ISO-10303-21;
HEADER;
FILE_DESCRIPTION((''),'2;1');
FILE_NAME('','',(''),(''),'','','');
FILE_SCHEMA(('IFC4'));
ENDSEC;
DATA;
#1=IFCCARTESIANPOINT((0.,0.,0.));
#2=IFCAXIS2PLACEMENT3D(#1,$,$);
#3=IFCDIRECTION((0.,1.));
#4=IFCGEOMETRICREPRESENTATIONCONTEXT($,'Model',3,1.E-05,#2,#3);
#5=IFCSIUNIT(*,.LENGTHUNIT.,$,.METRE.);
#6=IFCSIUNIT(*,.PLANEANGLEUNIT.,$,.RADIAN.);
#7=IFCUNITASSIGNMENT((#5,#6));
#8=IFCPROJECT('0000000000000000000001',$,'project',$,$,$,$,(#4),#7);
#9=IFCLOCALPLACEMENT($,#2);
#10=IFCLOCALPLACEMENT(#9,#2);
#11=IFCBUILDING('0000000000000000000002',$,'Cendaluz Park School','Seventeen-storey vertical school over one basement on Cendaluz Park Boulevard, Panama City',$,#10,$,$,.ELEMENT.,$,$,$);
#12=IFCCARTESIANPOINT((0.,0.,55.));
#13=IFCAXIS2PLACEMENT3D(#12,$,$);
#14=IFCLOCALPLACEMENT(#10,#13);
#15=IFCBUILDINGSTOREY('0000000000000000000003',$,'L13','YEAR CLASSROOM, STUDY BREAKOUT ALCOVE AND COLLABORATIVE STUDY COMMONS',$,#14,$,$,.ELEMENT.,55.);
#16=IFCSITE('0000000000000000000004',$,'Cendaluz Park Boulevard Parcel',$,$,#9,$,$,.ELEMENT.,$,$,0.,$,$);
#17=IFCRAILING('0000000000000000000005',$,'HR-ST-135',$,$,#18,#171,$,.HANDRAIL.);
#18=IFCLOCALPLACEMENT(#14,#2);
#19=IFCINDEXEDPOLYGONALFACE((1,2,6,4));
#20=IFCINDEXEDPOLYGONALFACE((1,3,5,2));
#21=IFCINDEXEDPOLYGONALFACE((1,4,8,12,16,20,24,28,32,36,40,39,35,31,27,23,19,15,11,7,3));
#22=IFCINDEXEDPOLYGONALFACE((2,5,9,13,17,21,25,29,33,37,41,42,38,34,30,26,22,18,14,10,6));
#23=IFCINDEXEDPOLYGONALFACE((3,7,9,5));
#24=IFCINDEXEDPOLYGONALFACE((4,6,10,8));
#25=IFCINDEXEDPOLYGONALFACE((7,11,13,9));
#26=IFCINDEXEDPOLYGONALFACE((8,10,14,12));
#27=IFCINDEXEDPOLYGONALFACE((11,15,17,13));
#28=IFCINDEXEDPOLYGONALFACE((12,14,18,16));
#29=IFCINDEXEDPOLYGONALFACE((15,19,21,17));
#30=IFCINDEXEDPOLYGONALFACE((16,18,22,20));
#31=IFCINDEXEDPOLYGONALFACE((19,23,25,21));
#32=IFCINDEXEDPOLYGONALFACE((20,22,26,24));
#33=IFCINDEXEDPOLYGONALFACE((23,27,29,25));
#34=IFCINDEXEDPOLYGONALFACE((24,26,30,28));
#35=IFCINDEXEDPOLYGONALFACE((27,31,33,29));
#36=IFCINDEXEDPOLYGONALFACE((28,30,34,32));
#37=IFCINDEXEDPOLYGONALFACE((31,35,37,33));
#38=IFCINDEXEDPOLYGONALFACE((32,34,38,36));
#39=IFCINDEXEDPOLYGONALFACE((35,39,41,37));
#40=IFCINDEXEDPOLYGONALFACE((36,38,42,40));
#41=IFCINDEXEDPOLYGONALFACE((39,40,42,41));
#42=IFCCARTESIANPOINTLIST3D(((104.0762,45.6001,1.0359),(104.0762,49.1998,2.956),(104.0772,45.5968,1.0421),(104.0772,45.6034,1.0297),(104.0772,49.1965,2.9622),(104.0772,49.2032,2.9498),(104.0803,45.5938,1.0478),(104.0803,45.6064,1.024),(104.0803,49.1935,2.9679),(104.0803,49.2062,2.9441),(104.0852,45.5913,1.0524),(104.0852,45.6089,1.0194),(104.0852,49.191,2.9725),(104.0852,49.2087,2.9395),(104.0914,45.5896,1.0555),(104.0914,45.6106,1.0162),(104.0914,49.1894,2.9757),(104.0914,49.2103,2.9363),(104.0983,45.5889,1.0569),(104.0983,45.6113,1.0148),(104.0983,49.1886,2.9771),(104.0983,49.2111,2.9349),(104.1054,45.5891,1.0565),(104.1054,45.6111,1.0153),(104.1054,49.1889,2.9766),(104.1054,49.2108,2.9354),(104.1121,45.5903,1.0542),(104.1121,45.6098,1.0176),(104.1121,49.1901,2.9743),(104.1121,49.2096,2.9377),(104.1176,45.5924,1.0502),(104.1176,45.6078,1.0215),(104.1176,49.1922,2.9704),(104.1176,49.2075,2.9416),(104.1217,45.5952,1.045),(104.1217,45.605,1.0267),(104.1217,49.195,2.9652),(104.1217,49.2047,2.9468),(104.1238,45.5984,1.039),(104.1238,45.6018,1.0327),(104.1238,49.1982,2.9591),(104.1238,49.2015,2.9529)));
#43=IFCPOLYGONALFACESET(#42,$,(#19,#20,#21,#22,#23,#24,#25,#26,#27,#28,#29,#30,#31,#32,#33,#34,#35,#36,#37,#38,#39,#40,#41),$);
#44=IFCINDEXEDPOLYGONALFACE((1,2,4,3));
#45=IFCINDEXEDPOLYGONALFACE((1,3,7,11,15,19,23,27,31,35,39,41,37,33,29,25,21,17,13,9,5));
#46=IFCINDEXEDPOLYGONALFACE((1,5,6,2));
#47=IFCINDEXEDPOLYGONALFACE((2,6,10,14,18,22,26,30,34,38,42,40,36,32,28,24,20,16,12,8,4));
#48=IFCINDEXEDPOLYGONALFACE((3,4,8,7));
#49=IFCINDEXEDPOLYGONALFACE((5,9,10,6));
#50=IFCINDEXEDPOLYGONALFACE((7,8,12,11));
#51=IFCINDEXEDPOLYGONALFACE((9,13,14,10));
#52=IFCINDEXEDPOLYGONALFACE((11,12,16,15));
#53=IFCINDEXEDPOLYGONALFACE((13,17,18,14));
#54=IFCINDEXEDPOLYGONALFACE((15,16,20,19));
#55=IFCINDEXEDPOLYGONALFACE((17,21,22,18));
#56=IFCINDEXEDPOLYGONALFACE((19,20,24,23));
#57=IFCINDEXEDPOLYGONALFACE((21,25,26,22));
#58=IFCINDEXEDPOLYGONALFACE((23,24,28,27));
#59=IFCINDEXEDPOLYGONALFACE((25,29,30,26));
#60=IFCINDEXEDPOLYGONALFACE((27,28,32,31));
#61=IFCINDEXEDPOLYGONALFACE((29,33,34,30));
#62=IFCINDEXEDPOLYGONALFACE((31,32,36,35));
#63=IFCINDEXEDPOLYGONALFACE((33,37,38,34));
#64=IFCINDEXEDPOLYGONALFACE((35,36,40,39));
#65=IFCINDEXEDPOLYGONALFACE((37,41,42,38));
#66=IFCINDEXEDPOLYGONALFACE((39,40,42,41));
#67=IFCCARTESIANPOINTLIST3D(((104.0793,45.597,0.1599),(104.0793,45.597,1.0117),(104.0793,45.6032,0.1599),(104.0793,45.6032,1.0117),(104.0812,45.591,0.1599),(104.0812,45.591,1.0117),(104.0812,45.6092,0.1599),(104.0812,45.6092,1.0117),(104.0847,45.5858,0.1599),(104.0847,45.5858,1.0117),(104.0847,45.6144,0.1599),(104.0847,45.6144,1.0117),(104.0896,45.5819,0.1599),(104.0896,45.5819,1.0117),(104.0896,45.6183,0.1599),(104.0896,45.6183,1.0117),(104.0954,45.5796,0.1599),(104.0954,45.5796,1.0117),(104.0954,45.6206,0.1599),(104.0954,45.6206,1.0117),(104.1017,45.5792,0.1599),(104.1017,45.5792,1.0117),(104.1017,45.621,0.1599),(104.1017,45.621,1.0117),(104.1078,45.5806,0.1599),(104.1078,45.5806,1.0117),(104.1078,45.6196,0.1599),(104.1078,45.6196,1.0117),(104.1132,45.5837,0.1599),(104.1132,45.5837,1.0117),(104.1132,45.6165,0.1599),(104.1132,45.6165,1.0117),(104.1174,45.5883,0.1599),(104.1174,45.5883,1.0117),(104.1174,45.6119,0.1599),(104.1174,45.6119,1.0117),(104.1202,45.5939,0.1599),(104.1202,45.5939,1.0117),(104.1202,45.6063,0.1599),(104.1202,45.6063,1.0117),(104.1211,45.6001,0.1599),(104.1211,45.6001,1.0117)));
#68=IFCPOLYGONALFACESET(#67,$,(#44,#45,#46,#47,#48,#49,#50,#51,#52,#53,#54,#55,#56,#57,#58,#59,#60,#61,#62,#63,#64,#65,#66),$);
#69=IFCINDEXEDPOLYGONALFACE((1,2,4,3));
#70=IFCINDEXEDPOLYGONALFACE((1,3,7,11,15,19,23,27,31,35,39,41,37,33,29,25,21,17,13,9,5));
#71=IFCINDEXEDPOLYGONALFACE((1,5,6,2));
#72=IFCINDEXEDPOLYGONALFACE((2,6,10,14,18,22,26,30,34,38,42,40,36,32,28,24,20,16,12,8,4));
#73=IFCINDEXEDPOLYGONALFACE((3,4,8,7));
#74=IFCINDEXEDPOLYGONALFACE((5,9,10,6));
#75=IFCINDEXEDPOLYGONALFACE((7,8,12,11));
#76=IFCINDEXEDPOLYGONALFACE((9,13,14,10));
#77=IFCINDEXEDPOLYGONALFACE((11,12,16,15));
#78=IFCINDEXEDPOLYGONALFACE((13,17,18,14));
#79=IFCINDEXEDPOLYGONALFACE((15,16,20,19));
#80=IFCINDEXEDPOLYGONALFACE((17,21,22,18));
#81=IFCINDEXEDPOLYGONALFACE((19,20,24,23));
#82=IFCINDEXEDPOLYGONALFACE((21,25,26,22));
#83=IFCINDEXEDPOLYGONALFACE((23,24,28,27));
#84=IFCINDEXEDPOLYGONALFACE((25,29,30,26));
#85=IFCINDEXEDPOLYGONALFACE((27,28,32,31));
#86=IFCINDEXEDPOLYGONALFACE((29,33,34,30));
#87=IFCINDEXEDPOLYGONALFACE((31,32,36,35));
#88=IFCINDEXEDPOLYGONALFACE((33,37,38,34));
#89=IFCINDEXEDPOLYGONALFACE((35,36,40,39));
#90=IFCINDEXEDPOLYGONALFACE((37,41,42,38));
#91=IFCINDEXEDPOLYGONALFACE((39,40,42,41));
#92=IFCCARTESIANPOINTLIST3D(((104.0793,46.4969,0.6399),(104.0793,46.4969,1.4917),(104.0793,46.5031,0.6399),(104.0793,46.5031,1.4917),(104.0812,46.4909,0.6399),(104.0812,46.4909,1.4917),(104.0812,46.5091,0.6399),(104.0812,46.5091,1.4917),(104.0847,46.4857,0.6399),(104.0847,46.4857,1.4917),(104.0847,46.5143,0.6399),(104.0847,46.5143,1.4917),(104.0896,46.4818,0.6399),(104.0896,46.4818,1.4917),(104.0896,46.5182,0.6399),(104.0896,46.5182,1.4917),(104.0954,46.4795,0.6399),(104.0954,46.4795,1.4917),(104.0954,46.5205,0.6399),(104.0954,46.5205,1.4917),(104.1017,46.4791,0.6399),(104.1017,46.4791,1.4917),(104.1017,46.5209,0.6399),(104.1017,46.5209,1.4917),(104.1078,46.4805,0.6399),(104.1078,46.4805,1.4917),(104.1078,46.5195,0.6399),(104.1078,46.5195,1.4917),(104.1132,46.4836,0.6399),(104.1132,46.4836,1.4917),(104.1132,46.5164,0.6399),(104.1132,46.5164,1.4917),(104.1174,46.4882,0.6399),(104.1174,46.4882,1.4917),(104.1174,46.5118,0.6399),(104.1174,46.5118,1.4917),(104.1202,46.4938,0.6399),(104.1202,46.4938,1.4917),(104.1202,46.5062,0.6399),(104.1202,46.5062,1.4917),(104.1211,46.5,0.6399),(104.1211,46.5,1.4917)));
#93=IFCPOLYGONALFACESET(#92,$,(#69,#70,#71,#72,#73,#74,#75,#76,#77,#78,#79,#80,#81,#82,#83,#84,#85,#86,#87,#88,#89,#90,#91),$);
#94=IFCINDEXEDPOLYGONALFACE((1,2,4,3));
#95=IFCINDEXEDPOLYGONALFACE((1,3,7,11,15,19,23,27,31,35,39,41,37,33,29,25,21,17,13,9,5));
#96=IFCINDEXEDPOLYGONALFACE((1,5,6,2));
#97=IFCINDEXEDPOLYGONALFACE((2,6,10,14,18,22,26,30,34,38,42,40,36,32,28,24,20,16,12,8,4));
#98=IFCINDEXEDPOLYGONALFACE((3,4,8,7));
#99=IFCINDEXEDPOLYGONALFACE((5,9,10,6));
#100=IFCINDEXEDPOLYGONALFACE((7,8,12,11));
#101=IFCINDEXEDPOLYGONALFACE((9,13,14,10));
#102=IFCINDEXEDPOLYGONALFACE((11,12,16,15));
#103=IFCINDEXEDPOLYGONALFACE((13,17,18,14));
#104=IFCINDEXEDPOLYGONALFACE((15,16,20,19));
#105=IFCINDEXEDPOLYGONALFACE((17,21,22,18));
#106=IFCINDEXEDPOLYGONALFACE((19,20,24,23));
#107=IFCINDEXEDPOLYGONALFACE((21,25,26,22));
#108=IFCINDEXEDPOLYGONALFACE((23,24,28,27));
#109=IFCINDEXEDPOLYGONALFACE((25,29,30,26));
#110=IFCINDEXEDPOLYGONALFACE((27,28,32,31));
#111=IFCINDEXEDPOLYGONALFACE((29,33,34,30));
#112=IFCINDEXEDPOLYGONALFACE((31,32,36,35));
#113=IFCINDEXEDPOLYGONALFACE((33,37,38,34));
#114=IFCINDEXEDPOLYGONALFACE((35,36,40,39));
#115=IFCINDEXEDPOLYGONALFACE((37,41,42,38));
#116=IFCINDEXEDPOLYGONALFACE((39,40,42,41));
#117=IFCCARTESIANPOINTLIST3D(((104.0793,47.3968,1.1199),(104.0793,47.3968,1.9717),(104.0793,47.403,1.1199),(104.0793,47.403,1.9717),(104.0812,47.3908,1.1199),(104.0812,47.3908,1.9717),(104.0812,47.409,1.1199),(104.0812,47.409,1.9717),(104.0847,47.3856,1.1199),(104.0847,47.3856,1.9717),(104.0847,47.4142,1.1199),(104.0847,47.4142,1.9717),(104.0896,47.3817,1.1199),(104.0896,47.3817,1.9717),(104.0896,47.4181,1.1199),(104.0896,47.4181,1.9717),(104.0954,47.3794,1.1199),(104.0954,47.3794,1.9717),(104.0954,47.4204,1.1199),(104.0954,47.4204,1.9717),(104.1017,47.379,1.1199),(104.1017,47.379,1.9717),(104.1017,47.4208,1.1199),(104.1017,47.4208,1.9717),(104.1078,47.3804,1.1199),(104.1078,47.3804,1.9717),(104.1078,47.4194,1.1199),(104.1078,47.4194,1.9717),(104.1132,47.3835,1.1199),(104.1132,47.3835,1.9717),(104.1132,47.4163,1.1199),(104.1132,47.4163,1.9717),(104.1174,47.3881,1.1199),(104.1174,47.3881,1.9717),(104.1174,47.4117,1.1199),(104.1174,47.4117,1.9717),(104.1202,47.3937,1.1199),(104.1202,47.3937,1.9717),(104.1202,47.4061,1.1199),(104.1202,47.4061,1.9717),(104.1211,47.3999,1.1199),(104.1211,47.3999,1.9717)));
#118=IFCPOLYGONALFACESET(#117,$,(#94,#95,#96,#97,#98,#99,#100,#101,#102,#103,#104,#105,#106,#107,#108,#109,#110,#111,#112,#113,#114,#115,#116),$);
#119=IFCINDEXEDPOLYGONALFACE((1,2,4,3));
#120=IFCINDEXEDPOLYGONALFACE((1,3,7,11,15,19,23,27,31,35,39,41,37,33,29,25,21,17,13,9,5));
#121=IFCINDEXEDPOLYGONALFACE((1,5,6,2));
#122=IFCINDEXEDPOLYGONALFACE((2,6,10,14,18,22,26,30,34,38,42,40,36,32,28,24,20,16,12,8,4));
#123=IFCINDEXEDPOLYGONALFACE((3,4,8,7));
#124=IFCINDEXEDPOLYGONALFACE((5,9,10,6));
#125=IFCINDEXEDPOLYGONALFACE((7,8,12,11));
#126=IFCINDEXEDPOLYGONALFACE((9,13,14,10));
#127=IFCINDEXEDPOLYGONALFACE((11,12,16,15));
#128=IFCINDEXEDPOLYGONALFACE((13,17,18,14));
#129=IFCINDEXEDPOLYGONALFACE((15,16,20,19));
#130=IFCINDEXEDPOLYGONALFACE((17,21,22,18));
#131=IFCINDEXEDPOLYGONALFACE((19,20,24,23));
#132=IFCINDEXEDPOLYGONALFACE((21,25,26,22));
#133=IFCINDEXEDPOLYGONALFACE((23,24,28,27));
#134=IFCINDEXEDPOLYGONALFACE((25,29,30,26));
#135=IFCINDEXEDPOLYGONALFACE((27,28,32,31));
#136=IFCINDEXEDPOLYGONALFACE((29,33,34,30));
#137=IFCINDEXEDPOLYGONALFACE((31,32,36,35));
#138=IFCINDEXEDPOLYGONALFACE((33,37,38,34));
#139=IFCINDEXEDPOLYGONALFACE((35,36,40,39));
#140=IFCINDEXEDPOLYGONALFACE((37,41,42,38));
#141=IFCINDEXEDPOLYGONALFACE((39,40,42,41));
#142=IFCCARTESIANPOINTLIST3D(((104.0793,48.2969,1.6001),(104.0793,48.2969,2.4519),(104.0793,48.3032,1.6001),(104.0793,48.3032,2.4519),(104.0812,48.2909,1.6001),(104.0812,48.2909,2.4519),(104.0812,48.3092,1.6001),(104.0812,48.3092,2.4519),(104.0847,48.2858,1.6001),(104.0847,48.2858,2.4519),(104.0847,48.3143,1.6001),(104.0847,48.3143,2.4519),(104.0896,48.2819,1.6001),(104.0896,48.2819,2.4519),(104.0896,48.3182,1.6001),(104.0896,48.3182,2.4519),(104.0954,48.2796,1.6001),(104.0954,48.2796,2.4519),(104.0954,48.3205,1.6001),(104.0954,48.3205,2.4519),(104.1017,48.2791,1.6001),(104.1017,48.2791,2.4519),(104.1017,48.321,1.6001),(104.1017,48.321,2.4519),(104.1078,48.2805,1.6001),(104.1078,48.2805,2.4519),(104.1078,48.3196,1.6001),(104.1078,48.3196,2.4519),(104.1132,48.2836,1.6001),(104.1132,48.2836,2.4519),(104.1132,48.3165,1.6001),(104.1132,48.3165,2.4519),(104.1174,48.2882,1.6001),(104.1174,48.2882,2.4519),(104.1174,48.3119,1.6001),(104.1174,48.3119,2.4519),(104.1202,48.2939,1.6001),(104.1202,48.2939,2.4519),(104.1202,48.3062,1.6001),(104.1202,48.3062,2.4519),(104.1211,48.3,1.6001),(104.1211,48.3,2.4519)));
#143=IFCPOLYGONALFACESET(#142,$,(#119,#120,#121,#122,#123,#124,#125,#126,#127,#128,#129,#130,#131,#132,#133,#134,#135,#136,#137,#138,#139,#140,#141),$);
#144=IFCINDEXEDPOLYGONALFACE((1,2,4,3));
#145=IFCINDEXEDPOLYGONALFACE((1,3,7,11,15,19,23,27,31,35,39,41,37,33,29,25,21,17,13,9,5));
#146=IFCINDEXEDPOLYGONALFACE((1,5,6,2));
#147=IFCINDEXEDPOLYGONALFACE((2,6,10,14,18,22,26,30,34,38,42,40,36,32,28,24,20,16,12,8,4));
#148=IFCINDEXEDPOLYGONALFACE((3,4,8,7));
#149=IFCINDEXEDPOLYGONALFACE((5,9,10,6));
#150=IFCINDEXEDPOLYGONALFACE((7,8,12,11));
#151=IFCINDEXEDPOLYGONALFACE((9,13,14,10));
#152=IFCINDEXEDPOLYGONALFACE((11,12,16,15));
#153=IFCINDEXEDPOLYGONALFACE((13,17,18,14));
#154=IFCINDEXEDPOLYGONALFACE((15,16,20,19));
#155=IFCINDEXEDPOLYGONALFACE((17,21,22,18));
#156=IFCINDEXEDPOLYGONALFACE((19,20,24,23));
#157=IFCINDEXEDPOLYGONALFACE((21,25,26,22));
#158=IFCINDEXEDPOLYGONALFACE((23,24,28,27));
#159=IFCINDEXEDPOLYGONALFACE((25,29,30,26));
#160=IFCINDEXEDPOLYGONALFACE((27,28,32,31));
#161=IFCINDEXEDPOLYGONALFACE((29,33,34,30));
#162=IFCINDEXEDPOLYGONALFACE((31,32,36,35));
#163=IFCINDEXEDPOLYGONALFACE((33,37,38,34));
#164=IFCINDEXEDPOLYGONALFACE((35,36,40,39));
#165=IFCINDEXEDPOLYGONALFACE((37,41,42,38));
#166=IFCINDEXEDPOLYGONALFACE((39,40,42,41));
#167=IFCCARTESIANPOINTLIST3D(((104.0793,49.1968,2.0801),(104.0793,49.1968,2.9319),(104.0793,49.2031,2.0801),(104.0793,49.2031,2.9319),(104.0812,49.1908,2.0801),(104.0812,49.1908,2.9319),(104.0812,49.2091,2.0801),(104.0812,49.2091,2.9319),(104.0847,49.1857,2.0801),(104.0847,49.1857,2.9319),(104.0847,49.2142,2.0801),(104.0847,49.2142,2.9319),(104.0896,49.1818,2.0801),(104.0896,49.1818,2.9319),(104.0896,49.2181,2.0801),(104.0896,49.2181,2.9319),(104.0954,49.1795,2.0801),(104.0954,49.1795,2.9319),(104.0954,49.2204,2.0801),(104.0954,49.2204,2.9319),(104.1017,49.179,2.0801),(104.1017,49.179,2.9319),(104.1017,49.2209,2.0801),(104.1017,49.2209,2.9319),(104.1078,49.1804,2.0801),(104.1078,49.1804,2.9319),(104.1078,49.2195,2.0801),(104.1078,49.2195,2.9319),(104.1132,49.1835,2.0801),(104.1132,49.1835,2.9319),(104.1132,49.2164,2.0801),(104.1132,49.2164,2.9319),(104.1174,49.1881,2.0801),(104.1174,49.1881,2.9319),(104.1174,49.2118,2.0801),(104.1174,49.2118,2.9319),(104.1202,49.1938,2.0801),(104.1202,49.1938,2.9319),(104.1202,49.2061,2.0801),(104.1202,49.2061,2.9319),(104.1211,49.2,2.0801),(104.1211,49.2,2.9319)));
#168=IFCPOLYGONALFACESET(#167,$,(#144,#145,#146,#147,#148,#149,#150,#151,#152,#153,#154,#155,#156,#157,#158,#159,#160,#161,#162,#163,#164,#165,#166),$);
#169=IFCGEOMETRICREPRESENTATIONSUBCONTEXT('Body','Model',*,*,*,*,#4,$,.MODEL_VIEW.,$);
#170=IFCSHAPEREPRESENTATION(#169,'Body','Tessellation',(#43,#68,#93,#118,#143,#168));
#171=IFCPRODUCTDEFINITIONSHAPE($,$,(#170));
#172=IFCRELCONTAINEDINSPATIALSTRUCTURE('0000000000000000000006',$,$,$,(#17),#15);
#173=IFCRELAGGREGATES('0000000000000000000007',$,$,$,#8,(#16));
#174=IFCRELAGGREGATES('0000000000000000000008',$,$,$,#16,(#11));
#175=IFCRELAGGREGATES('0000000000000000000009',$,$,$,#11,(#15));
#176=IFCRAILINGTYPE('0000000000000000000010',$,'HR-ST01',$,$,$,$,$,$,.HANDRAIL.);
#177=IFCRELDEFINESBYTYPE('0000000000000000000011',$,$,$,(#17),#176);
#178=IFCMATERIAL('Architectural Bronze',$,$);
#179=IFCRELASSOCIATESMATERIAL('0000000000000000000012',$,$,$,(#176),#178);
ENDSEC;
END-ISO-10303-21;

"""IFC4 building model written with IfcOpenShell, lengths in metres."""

from ifc_helpers import new_model, si_unit, direction, frame, origin, origin_2d, place, context, subcontext, project, spatial, circle, extrude, material, type_object, element, save


model = new_model("IFC4")

# Units and contexts
model_context = context("Model", 3, precision=1e-05, world=origin(), true_north=direction((0.0, 1.0)))
body_context = subcontext(model_context, "Body", "Model", "MODEL_VIEW")
ifc_project = project(units=[si_unit("LENGTHUNIT", "METRE"), si_unit("PLANEANGLEUNIT", "RADIAN")], contexts=[model_context])

# Site, building, storey
site_placement = place(None, origin())
site = spatial("IfcSite", under=ifc_project, at=site_placement, Name="Cendaluz Park Boulevard Parcel", CompositionType="ELEMENT", RefElevation=0.0)
building_placement = place(site_placement, origin())
building = spatial("IfcBuilding", under=site, at=building_placement, Name="Cendaluz Park School", Description="Seventeen-storey vertical school over one basement on Cendaluz Park Boulevard, Panama City", CompositionType="ELEMENT")
storey_placement = place(building_placement, frame((0.0, 0.0, 55.0)))
storey = spatial("IfcBuildingStorey", under=building, at=storey_placement, Name="L13", Description="YEAR CLASSROOM, STUDY BREAKOUT ALCOVE AND COLLABORATIVE STUDY COMMONS", CompositionType="ELEMENT", Elevation=55.0)

# Railing
ifc_material_1 = material(Name="Architectural Bronze")
railing_type_1 = type_object("IfcRailingType", Name="HR-ST01", PredefinedType="HANDRAIL", material=ifc_material_1)
railing_1_placement = place(storey_placement, frame((104.1001, 45.6001, 0.1599)))
element("IfcRailing", 1, at=railing_1_placement, inside=storey, type_object=railing_type_1, Name="HR-ST-135", PredefinedType="HANDRAIL", context=body_context, shape_type="SweptSolid", body=[
    extrude(circle(Radius=0.0239, at=origin_2d()), frame((0.0, 0.0, 0.876), z_axis=(0.0, 0.882328, 0.470635), x_axis=(-1.0, 0.0, 0.0)), (0.0, 0.0, 1.0), 4.0798),
    extrude(circle(Radius=0.021, at=origin_2d()), origin(), (0.0, 0.0, 1.0), 0.8518),
    extrude(circle(Radius=0.021, at=origin_2d()), frame((0.0, 0.8999, 0.48)), (0.0, 0.0, 1.0), 0.8518),
    extrude(circle(Radius=0.021, at=origin_2d()), frame((0.0, 1.7998, 0.96)), (0.0, 0.0, 1.0), 0.8518),
    extrude(circle(Radius=0.021, at=origin_2d()), frame((0.0, 2.7, 1.4402)), (0.0, 0.0, 1.0), 0.8518),
    extrude(circle(Radius=0.021, at=origin_2d()), frame((0.0, 3.5999, 1.9202)), (0.0, 0.0, 1.0), 0.8518),
])

save(model, "model.ifc")
